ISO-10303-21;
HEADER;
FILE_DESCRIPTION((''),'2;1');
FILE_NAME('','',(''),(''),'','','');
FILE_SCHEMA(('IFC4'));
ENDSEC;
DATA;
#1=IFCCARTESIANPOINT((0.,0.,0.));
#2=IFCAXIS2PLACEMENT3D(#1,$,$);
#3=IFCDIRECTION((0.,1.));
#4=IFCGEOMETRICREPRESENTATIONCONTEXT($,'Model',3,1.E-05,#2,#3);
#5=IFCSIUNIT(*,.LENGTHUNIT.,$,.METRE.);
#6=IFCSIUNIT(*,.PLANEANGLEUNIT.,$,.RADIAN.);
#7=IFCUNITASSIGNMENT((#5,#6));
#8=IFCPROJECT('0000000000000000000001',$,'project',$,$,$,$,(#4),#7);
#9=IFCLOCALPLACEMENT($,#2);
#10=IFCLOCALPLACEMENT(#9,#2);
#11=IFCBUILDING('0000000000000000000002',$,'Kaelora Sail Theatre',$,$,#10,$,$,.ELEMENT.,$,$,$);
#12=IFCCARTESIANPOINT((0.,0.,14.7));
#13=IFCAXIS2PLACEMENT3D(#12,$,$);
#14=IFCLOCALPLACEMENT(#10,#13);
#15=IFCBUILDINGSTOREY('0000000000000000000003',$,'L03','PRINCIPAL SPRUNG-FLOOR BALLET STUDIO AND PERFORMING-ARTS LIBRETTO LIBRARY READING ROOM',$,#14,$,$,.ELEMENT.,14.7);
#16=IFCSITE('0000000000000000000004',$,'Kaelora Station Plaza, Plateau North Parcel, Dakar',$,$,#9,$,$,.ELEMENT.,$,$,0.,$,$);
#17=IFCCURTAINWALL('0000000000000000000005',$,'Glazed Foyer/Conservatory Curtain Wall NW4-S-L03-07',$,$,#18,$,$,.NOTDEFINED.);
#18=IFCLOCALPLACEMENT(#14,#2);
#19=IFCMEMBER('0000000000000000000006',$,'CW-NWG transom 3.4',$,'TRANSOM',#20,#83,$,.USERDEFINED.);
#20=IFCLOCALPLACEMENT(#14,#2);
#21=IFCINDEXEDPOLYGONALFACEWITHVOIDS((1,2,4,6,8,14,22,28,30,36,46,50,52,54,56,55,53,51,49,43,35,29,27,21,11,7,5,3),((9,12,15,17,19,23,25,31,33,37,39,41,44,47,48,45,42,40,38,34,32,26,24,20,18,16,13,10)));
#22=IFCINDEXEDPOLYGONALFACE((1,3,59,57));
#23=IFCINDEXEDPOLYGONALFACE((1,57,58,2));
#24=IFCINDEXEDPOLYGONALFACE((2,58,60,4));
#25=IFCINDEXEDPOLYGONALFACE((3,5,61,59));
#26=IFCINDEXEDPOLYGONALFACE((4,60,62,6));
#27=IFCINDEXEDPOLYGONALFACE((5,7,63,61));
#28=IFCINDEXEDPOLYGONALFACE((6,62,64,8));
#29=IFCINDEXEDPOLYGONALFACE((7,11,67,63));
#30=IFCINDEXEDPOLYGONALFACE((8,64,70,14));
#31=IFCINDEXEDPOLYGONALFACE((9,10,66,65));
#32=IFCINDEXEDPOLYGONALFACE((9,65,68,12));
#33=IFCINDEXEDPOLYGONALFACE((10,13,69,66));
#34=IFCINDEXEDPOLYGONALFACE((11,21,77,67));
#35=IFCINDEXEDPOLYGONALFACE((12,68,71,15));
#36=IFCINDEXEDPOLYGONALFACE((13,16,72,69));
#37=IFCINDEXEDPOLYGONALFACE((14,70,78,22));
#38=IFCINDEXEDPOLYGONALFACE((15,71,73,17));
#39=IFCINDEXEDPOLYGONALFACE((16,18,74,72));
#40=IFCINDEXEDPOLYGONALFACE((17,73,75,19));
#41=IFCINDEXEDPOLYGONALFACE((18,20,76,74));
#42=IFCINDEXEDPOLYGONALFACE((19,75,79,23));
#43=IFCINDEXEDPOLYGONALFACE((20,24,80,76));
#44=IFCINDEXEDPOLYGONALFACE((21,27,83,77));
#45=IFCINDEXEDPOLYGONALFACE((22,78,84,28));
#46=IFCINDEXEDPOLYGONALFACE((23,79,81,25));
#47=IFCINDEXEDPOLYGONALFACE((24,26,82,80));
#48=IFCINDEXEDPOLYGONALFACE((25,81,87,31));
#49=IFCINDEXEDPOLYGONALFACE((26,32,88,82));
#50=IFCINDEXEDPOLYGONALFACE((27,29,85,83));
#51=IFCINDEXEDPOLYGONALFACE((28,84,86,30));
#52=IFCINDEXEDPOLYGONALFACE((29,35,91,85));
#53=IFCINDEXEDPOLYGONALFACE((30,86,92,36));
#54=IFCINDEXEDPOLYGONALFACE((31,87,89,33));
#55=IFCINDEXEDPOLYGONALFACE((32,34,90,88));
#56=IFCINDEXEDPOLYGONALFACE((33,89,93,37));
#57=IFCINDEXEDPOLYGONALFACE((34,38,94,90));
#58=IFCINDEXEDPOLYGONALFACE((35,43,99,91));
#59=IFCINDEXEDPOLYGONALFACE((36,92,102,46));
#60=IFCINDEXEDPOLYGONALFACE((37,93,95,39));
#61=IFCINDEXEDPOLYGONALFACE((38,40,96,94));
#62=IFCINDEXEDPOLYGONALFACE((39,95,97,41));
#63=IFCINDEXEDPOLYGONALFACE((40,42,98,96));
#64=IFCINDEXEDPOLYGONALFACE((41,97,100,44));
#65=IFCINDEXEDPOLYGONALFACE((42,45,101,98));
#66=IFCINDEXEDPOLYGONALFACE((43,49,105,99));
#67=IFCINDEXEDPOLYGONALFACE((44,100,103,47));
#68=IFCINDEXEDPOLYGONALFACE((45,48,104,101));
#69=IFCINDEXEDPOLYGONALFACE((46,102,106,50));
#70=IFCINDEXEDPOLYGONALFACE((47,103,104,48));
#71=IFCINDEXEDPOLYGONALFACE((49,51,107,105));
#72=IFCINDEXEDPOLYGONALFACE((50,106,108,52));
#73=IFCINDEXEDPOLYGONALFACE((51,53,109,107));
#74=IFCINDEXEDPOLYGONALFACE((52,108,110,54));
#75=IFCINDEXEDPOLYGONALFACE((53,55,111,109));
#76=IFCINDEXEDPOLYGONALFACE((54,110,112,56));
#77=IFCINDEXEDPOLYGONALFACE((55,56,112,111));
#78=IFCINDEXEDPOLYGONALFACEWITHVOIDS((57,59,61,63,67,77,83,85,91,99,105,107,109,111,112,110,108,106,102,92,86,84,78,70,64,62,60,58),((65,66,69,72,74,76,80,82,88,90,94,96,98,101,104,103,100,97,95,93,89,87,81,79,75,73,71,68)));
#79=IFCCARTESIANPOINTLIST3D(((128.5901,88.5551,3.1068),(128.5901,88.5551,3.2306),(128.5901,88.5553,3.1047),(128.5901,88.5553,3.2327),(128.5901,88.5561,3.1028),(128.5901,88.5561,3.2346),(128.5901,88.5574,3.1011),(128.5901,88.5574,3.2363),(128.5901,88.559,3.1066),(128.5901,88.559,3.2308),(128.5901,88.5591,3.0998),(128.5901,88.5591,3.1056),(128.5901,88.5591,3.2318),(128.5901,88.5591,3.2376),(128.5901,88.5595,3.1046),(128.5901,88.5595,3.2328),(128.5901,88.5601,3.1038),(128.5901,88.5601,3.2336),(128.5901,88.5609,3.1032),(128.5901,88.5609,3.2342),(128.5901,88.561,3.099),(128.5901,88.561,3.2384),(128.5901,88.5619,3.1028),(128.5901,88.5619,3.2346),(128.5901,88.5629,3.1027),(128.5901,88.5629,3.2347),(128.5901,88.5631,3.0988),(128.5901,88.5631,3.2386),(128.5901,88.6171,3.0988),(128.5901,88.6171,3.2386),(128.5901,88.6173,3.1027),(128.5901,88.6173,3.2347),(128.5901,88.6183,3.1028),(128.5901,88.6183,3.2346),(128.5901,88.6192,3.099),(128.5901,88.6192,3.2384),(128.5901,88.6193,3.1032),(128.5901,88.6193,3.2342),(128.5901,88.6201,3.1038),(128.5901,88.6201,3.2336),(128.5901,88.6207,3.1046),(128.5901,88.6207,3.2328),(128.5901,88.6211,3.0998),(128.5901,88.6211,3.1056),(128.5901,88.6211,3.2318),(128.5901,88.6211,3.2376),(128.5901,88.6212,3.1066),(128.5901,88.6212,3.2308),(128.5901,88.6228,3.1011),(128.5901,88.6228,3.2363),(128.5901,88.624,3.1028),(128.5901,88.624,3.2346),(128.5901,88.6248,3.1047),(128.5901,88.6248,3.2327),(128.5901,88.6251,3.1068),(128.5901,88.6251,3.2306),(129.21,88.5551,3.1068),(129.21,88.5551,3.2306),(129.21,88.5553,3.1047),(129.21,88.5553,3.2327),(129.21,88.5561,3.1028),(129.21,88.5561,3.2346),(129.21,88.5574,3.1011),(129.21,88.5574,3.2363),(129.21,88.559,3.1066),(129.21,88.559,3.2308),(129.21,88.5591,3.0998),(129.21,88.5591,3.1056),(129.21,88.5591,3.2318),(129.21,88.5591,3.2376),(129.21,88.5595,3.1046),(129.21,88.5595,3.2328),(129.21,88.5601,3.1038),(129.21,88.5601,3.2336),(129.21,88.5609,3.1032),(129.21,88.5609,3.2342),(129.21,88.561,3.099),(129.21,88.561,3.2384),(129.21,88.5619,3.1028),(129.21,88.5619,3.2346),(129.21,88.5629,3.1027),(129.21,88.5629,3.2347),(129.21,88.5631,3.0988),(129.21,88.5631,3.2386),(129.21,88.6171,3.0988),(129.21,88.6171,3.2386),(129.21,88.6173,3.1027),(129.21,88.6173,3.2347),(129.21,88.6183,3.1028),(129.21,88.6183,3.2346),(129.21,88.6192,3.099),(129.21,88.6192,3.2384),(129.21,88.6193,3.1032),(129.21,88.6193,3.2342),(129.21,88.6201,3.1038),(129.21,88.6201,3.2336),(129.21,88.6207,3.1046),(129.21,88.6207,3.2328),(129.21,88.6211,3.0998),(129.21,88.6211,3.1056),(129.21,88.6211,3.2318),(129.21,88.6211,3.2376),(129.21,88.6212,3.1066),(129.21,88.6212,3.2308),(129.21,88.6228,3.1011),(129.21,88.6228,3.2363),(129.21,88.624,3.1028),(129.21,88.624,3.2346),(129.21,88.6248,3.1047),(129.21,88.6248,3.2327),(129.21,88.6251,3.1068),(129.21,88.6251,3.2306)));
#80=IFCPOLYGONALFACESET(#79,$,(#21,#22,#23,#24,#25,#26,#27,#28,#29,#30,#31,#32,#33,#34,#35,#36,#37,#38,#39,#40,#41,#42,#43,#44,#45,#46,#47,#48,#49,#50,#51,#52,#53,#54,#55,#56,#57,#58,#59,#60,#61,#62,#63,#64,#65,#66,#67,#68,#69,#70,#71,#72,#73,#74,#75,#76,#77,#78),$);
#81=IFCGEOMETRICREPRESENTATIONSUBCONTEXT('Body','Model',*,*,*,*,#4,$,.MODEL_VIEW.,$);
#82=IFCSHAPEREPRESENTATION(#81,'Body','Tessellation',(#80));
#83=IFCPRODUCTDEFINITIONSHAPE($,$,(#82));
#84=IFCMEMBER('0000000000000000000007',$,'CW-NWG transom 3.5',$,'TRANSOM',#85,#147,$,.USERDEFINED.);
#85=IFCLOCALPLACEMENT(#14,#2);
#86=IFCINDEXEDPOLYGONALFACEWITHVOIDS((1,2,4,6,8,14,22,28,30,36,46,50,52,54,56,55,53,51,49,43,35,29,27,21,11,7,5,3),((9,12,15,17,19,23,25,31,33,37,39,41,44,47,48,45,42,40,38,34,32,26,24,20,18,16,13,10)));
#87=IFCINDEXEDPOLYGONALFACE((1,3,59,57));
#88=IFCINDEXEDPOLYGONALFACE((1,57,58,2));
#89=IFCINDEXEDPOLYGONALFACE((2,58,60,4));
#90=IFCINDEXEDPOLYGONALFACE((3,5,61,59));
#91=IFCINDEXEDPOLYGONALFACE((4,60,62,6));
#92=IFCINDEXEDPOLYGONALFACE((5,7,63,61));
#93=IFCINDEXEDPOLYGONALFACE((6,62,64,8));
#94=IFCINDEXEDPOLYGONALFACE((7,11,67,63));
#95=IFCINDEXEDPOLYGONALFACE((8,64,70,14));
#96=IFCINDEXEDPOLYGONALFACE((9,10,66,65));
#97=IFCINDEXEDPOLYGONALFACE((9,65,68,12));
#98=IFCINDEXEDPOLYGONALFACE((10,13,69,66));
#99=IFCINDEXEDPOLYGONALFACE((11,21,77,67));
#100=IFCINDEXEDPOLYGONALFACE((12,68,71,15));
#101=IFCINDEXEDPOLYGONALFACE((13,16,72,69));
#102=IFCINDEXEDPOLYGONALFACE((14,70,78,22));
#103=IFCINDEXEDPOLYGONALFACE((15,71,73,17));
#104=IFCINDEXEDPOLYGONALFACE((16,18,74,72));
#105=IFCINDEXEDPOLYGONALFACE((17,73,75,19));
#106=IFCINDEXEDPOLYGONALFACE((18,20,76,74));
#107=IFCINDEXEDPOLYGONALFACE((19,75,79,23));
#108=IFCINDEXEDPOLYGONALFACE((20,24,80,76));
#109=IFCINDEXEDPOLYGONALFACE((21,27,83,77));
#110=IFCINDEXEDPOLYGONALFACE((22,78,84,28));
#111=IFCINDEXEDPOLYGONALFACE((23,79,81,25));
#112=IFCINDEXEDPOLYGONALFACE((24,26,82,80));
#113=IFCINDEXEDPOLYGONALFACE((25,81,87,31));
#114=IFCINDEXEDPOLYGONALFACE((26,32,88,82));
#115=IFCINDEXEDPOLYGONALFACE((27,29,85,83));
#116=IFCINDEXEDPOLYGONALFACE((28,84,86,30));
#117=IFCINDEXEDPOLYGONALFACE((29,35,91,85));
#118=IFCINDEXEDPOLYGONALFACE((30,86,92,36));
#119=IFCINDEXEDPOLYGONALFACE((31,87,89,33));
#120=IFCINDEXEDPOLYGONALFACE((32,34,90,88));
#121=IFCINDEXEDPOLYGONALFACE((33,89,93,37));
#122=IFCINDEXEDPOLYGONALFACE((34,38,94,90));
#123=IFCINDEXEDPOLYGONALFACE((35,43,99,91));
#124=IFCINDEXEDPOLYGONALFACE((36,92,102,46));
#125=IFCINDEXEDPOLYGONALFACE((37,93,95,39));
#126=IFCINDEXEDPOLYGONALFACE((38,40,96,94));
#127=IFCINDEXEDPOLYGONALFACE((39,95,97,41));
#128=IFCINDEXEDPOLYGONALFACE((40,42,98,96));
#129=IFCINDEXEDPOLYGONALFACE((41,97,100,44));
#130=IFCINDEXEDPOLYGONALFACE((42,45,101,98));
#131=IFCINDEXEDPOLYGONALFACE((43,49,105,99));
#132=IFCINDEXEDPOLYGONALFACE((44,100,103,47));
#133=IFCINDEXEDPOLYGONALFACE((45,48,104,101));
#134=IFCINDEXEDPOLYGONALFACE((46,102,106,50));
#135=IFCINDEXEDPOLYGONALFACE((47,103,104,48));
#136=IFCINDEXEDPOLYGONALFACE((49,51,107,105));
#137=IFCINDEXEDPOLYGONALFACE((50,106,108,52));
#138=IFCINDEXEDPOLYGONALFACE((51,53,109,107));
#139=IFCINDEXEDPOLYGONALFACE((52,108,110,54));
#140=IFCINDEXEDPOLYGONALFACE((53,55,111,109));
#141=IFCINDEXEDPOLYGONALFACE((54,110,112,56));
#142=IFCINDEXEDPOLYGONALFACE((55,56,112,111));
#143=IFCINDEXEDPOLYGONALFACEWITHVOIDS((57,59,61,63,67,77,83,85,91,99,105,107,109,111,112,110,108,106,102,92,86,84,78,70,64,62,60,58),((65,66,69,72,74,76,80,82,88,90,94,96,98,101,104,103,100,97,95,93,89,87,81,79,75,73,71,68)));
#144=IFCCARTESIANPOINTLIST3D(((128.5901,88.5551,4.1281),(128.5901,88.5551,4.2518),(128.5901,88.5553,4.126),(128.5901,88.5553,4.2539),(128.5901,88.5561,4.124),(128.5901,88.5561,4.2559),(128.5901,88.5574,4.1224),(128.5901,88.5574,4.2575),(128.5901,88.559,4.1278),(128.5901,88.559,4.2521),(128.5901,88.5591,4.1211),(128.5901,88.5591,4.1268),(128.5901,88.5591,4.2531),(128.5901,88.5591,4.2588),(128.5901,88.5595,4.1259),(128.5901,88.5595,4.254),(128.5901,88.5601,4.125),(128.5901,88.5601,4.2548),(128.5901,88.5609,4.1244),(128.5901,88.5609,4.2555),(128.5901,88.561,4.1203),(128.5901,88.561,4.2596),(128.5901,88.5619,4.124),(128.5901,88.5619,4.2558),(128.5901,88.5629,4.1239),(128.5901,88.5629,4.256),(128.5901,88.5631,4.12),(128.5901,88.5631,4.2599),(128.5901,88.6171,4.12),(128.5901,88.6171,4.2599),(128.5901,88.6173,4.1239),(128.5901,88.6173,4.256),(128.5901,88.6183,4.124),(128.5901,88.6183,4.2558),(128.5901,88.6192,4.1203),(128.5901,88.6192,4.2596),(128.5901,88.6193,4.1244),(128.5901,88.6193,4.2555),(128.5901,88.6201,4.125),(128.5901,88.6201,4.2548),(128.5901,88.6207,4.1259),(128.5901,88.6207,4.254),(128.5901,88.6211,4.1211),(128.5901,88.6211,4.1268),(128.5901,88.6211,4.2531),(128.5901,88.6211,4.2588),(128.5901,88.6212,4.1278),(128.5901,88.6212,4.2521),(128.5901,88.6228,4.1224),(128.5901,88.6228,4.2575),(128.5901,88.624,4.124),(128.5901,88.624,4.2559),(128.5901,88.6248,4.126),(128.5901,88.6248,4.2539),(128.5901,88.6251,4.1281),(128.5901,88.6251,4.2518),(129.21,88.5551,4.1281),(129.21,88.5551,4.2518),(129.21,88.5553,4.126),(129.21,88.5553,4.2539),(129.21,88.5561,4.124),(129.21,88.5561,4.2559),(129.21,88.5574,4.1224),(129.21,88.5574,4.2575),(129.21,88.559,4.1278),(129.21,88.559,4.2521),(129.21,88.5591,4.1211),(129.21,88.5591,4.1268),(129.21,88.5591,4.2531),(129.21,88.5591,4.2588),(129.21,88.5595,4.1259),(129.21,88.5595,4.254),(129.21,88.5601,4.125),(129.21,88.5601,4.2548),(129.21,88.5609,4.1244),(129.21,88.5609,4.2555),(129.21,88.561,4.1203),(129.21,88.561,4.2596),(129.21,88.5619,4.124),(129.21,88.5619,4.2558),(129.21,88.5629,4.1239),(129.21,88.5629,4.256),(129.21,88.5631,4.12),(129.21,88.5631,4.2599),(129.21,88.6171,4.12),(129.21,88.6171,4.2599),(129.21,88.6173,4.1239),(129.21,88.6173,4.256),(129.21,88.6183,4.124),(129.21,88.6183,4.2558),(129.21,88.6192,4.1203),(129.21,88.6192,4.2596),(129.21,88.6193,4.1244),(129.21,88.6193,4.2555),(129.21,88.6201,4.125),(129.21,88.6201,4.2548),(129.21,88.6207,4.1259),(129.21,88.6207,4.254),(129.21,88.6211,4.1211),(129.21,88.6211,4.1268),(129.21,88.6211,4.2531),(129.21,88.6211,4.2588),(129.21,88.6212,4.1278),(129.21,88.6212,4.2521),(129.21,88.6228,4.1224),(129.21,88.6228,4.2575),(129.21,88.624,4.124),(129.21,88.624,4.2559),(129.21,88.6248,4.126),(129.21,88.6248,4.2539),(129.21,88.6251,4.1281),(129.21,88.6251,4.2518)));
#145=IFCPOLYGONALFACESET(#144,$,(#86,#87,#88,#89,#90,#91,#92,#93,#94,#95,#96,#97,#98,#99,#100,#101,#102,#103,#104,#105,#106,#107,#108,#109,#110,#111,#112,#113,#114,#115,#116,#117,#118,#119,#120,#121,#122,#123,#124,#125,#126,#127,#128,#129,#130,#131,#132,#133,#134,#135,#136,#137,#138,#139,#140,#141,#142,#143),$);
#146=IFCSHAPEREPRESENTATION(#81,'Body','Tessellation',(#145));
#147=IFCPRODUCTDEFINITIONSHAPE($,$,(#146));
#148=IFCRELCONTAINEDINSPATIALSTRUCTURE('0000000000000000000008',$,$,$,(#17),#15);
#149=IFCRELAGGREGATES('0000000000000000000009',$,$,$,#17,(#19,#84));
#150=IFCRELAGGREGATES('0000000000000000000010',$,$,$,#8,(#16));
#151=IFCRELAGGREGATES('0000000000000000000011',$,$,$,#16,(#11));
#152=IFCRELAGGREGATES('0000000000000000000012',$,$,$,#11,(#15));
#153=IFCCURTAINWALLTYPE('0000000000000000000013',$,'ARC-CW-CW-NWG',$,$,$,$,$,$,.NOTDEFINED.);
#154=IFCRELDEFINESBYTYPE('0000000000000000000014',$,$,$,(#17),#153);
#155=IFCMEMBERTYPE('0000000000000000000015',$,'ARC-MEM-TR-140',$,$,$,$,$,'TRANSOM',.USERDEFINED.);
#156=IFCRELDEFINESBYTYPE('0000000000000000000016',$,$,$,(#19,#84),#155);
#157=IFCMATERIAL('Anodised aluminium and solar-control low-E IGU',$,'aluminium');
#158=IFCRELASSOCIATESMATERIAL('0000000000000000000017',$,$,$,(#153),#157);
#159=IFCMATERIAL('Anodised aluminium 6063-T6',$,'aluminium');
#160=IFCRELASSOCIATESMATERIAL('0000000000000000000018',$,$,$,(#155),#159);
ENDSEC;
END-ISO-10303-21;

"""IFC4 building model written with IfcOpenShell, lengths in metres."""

from ifc_helpers import new_model, si_unit, direction, frame, origin, origin_2d, place, context, subcontext, project, spatial, hollow_rectangle, extrude, material, material_profile, profile_set, type_object, element, aggregate, save


model = new_model("IFC4")

# Units and contexts
model_context = context("Model", 3, precision=1e-05, world=origin(), true_north=direction((0.0, 1.0)))
body_context = subcontext(model_context, "Body", "Model", "MODEL_VIEW")
ifc_project = project(units=[si_unit("LENGTHUNIT", "METRE"), si_unit("PLANEANGLEUNIT", "RADIAN")], contexts=[model_context])

# Site, building, storey
site_placement = place(None, origin())
site = spatial("IfcSite", under=ifc_project, at=site_placement, Name="Kaelora Station Plaza, Plateau North Parcel, Dakar", CompositionType="ELEMENT", RefElevation=0.0)
building_placement = place(site_placement, origin())
building = spatial("IfcBuilding", under=site, at=building_placement, Name="Kaelora Sail Theatre", CompositionType="ELEMENT")
storey_placement = place(building_placement, frame((0.0, 0.0, 14.7)))
storey = spatial("IfcBuildingStorey", under=building, at=storey_placement, Name="L03", Description="PRINCIPAL SPRUNG-FLOOR BALLET STUDIO AND PERFORMING-ARTS LIBRETTO LIBRARY READING ROOM", CompositionType="ELEMENT", Elevation=14.7)

# Curtain wall, members
ifc_material_1 = material(Name="Anodised aluminium and solar-control low-E IGU", Category="aluminium")
curtain_wall_type = type_object("IfcCurtainWallType", Name="ARC-CW-CW-NWG", PredefinedType="NOTDEFINED", material=ifc_material_1)
ifc_material_2 = material(Name="Anodised aluminium 6063-T6", Category="aluminium")
ifc_material_profile = material_profile(ifc_material_2, hollow_rectangle(XDim=0.0701, YDim=0.1399, WallThickness=0.0039, InnerFilletRadius=0.0039, OuterFilletRadius=0.0081, at=origin_2d()), Name="ALU-TRAN 70x140x4")
ifc_profile_set = profile_set([ifc_material_profile], Name="Anodised aluminium 6063-T6")
member_type = type_object("IfcMemberType", Name="ARC-MEM-TR-140", ElementType="TRANSOM", PredefinedType="USERDEFINED", material=ifc_profile_set)
curtain_wall_1_placement = place(storey_placement, origin())
curtain_wall_1 = element("IfcCurtainWall", 1, at=curtain_wall_1_placement, inside=storey, type_object=curtain_wall_type, Name="Glazed Foyer/Conservatory Curtain Wall NW4-S-L03-07", PredefinedType="NOTDEFINED")
member_1_placement = place(storey_placement, frame((128.5901, 88.5901, 3.1687), z_axis=(1.0, 0.0, 0.0), x_axis=(0.0, 1.0, 0.0)))
member_1 = element("IfcMember", 2, at=member_1_placement, type_object=member_type, Name="CW-NWG transom 3.4", ObjectType="TRANSOM", PredefinedType="USERDEFINED", context=body_context, shape_type="SweptSolid", body=[
    extrude(hollow_rectangle(XDim=0.0701, YDim=0.1399, WallThickness=0.0039, InnerFilletRadius=0.0039, OuterFilletRadius=0.0081, at=origin_2d()), origin(), (0.0, 0.0, 1.0), 0.6199),
])
member_2_placement = place(storey_placement, frame((128.5901, 88.5901, 4.1899), z_axis=(1.0, 0.0, 0.0), x_axis=(0.0, 1.0, 0.0)))
member_2 = element("IfcMember", 3, at=member_2_placement, type_object=member_type, Name="CW-NWG transom 3.5", ObjectType="TRANSOM", PredefinedType="USERDEFINED", context=body_context, shape_type="SweptSolid", body=[
    extrude(hollow_rectangle(XDim=0.0701, YDim=0.1399, WallThickness=0.0039, InnerFilletRadius=0.0039, OuterFilletRadius=0.0081, at=origin_2d()), origin(), (0.0, 0.0, 1.0), 0.6199),
])

aggregate(curtain_wall_1, [member_1, member_2])

save(model, "model.ifc")
